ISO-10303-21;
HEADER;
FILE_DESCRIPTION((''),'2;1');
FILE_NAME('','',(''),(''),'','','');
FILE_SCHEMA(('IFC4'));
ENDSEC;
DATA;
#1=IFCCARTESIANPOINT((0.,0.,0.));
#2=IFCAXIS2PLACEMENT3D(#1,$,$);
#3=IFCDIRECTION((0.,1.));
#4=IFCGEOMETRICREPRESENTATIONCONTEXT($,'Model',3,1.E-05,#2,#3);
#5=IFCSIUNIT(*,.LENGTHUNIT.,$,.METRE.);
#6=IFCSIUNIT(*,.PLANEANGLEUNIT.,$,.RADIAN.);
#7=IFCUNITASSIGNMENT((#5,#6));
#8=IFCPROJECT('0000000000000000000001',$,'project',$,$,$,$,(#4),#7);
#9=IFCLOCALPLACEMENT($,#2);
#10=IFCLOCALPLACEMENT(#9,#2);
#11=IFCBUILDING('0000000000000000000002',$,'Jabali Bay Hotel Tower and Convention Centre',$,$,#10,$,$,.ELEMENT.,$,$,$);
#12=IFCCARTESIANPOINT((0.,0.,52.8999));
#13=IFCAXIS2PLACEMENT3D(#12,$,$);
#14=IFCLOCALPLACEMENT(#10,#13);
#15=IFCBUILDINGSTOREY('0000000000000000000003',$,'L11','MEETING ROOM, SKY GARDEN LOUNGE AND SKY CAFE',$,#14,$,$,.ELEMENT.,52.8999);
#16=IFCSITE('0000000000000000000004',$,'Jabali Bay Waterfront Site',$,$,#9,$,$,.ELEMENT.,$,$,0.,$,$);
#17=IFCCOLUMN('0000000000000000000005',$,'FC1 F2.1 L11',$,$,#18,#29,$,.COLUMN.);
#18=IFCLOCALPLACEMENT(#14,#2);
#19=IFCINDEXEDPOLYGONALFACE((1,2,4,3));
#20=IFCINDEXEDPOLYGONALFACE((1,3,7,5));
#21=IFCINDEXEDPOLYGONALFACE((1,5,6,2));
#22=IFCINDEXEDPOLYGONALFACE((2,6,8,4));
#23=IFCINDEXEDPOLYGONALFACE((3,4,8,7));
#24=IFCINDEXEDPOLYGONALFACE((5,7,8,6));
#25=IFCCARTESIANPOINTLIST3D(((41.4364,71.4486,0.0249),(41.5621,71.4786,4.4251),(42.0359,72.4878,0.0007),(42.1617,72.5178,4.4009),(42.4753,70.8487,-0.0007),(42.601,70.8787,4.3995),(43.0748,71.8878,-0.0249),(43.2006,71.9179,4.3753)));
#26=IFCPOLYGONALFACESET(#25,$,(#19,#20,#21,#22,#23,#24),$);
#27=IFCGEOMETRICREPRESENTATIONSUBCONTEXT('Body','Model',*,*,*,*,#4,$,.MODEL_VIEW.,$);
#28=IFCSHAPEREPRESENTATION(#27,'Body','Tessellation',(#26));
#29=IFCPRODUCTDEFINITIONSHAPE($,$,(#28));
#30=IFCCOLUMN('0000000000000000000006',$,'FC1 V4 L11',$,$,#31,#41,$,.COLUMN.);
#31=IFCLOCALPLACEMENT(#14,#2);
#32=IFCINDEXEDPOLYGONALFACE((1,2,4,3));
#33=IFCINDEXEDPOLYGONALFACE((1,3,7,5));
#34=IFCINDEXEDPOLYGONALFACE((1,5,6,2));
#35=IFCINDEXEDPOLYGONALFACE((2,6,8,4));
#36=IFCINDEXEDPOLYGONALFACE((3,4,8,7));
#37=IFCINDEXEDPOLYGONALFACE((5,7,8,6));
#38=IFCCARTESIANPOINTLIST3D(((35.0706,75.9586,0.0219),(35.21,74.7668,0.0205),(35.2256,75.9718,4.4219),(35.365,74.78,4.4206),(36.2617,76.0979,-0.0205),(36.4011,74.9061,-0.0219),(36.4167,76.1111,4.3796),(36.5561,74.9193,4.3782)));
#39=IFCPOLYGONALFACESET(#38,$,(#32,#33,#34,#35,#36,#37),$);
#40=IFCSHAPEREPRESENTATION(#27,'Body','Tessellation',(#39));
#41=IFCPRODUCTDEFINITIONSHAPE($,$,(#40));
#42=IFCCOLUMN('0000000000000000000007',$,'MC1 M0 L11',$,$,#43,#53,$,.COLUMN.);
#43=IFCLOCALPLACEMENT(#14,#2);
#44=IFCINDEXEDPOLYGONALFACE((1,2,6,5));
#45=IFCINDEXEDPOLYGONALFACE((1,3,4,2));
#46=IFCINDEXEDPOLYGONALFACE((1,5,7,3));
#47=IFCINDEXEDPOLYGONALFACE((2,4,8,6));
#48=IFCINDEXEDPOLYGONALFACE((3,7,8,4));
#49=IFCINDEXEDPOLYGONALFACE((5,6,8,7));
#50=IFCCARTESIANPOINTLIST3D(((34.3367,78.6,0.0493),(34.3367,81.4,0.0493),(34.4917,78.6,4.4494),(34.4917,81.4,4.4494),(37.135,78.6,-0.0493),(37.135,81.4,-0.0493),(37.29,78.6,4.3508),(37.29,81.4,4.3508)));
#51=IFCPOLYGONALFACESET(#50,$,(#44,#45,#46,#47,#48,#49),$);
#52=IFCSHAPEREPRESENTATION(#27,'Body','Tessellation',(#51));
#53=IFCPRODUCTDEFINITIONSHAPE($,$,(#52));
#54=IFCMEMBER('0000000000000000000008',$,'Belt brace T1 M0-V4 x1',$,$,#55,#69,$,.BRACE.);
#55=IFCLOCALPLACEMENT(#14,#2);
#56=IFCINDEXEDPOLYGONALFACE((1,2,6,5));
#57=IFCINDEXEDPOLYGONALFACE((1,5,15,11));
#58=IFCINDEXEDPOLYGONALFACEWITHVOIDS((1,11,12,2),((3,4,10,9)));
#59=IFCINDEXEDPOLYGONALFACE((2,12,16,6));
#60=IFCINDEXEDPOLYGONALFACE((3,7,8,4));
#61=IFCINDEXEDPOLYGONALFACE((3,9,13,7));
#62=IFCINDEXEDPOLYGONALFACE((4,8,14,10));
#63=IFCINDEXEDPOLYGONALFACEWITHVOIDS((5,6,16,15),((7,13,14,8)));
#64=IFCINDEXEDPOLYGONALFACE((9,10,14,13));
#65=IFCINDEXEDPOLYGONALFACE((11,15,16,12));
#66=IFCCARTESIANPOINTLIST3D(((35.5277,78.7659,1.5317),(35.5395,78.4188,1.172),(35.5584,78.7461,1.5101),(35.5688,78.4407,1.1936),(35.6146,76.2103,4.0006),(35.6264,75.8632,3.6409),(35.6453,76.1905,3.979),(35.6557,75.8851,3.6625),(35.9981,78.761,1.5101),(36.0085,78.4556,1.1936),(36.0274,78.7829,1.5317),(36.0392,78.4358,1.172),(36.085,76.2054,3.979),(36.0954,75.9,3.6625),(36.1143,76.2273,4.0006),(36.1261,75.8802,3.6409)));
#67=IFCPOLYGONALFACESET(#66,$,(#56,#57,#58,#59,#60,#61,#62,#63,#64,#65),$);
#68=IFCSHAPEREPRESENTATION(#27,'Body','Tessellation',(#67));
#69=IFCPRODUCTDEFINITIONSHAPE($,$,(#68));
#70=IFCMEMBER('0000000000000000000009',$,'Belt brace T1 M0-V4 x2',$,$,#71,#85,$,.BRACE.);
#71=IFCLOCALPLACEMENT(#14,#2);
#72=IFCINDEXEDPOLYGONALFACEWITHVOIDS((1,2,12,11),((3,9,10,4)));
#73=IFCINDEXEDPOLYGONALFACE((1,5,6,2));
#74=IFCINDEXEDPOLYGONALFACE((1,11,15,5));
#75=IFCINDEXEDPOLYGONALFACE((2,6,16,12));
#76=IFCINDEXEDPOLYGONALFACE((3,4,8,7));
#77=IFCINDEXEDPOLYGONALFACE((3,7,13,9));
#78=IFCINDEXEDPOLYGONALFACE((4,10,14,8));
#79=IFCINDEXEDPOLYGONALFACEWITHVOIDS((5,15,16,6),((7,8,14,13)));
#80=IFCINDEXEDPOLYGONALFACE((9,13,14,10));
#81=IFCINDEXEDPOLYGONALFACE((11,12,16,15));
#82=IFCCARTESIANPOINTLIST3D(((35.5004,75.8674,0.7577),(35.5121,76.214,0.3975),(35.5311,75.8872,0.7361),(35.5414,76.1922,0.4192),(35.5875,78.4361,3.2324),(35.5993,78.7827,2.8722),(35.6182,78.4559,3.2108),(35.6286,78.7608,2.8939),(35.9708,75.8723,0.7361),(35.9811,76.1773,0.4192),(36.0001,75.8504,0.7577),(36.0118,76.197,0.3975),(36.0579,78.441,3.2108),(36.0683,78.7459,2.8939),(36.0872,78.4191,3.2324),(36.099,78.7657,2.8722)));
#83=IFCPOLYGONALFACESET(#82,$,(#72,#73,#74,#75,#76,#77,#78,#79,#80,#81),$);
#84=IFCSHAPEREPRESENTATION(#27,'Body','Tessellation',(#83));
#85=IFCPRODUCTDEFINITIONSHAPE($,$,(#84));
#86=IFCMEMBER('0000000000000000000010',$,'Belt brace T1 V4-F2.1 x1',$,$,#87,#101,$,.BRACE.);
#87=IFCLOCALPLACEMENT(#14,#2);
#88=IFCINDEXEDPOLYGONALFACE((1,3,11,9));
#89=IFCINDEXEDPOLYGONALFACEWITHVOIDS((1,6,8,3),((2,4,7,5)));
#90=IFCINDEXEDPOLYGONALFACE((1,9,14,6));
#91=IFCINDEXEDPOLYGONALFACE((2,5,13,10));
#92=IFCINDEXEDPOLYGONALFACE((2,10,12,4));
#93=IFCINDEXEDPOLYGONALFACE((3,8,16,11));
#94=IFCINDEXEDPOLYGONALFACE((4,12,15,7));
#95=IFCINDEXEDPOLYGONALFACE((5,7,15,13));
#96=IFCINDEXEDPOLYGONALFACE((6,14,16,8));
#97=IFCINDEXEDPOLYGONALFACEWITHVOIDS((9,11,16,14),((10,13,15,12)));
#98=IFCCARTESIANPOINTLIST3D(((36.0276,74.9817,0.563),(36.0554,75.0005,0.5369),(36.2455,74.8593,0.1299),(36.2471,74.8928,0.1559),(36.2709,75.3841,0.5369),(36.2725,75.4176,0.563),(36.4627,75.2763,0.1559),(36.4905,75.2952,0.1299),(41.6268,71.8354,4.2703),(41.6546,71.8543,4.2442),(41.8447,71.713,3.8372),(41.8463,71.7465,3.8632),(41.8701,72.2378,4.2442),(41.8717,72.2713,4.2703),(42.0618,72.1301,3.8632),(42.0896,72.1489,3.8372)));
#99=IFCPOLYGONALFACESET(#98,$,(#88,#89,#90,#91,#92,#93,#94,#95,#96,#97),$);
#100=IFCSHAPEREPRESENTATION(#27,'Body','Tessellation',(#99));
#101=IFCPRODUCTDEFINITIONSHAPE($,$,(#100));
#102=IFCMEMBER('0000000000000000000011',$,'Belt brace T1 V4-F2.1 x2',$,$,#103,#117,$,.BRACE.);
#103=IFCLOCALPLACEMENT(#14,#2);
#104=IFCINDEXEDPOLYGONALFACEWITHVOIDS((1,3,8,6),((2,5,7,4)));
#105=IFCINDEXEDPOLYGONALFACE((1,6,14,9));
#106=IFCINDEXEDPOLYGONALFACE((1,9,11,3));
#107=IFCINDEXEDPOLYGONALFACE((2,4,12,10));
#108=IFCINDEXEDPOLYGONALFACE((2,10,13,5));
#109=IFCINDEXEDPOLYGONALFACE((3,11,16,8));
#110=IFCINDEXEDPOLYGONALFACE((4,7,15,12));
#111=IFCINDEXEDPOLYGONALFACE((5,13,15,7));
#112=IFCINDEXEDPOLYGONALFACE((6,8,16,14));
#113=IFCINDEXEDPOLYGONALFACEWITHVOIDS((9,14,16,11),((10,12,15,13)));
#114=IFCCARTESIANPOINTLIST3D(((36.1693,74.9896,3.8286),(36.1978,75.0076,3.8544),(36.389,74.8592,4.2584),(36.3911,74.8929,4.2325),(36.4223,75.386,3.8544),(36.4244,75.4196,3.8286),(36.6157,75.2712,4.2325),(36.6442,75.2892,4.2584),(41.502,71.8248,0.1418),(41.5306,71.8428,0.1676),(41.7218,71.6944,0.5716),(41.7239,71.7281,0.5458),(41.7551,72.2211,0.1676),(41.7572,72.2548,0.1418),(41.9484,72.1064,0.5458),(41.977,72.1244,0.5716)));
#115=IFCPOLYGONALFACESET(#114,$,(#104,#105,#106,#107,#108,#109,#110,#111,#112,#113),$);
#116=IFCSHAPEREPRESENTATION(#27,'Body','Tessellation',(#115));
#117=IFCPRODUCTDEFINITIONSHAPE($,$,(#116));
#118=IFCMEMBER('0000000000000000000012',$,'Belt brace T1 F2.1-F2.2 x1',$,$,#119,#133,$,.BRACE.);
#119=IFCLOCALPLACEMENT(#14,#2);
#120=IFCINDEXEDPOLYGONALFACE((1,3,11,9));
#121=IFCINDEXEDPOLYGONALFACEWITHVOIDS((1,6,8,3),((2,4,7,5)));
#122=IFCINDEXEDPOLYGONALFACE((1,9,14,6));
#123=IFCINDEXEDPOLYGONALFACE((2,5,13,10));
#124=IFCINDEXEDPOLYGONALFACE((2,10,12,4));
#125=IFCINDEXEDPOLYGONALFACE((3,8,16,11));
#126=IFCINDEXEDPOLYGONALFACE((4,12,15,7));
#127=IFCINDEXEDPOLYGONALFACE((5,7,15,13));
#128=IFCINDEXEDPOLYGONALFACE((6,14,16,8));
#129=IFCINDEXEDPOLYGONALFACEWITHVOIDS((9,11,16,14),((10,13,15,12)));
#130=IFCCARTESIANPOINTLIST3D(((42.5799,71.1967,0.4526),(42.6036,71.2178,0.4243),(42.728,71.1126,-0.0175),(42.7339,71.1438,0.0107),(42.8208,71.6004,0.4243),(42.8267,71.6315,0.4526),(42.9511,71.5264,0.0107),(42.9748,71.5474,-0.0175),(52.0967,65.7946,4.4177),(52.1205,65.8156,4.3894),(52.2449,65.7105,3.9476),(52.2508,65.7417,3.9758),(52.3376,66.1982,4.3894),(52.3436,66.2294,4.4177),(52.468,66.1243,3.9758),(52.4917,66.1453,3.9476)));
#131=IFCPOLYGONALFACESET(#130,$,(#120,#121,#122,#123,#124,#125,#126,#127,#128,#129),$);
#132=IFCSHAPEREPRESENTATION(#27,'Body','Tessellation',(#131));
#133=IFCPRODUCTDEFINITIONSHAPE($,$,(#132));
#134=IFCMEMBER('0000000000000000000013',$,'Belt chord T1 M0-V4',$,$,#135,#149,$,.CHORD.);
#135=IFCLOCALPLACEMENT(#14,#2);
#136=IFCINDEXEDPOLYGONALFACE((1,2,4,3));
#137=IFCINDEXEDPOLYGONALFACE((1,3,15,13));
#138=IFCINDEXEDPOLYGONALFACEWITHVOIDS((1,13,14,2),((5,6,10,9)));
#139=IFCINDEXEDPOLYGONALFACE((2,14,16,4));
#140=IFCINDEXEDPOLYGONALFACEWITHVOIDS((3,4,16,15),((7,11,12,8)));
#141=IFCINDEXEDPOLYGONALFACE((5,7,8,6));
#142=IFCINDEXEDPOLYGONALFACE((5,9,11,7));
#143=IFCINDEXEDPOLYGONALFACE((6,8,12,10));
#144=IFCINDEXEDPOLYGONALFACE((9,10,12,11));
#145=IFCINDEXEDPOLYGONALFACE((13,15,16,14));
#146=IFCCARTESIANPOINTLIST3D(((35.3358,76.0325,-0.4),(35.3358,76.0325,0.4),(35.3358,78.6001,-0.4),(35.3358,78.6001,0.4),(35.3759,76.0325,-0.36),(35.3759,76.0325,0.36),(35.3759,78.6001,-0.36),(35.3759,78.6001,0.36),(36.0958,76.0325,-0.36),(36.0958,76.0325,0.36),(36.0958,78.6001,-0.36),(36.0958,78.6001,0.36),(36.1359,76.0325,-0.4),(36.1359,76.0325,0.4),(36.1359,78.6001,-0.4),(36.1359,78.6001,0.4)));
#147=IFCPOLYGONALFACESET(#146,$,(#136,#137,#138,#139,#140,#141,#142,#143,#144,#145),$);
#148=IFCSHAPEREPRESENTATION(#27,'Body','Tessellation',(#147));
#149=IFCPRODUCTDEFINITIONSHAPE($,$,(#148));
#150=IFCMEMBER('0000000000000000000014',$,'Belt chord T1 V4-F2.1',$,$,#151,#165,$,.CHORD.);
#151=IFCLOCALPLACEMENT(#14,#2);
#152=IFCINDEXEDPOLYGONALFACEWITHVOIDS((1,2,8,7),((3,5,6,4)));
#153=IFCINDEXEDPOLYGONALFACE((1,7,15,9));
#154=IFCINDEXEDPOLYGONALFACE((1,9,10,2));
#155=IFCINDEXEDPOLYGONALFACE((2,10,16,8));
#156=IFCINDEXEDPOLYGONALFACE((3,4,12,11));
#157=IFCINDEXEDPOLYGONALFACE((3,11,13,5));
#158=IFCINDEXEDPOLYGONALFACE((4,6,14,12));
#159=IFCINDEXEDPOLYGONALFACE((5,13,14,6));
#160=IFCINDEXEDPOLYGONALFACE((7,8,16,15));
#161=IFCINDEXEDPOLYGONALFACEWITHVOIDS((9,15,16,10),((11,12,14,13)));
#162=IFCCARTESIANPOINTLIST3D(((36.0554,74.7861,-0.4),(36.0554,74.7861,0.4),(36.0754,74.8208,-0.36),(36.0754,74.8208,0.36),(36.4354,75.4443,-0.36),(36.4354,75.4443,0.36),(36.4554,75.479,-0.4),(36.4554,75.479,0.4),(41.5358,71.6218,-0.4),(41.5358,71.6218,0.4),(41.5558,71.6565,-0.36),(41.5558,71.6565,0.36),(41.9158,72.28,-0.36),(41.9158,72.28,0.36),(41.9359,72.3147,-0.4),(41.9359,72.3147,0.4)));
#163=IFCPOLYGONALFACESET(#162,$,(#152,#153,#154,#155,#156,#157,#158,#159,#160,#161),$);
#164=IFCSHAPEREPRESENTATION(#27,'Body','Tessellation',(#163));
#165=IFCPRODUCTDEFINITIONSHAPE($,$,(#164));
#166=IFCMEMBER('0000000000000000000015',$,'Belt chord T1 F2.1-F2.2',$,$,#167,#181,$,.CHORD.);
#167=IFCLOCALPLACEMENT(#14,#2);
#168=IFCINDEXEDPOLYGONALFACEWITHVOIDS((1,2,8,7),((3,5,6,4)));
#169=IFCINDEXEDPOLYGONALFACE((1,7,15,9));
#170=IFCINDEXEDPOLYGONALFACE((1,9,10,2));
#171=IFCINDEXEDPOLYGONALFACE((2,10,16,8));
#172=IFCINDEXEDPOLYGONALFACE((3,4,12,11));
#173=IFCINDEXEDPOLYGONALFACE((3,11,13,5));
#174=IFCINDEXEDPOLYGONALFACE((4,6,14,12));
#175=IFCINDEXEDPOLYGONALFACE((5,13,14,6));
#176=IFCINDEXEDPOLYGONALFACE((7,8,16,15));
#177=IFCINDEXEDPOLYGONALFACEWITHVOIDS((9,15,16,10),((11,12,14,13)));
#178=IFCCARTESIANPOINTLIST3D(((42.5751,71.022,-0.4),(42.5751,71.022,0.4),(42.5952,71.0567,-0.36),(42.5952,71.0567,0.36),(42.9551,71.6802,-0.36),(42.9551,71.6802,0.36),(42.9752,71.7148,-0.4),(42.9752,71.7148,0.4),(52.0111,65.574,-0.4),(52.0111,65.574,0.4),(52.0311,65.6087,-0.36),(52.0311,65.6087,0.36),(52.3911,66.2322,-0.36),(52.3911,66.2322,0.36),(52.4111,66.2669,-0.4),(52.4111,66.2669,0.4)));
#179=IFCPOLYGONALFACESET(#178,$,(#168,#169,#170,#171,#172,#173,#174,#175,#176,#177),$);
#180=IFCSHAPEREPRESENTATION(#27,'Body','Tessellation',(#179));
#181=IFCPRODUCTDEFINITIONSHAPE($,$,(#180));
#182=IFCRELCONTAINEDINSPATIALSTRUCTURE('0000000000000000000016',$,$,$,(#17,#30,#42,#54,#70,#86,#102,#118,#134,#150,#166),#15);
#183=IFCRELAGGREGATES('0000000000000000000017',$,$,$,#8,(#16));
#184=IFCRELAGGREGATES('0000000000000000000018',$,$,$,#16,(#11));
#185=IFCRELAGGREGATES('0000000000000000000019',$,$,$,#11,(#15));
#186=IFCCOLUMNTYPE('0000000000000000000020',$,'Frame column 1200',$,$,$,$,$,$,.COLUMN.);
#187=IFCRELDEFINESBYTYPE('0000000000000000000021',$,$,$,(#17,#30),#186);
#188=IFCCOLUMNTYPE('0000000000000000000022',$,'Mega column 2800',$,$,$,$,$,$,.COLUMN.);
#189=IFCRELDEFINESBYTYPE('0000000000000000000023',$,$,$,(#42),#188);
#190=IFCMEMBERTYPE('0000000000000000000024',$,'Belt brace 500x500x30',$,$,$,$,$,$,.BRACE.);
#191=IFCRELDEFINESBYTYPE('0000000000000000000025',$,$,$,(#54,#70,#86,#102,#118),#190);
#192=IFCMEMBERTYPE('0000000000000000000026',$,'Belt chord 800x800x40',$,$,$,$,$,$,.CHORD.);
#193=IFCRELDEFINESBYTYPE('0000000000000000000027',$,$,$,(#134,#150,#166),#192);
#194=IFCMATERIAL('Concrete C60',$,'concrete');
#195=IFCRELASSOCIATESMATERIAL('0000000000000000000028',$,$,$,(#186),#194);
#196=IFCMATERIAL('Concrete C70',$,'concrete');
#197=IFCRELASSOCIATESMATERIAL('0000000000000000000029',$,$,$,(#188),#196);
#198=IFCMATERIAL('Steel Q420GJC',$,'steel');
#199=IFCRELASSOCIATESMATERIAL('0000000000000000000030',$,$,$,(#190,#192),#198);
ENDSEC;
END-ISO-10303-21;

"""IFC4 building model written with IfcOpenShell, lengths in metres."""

from ifc_helpers import new_model, si_unit, direction, frame, origin, origin_2d, place, context, subcontext, project, spatial, rectangle, hollow_rectangle, extrude, material, material_profile, profile_set, type_object, element, save


model = new_model("IFC4")

# Units and contexts
model_context = context("Model", 3, precision=1e-05, world=origin(), true_north=direction((0.0, 1.0)))
body_context = subcontext(model_context, "Body", "Model", "MODEL_VIEW")
ifc_project = project(units=[si_unit("LENGTHUNIT", "METRE"), si_unit("PLANEANGLEUNIT", "RADIAN")], contexts=[model_context])

# Site, building, storey
site_placement = place(None, origin())
site = spatial("IfcSite", under=ifc_project, at=site_placement, Name="Jabali Bay Waterfront Site", CompositionType="ELEMENT", RefElevation=0.0)
building_placement = place(site_placement, origin())
building = spatial("IfcBuilding", under=site, at=building_placement, Name="Jabali Bay Hotel Tower and Convention Centre", CompositionType="ELEMENT")
storey_placement = place(building_placement, frame((0.0, 0.0, 52.8999)))
storey = spatial("IfcBuildingStorey", under=building, at=storey_placement, Name="L11", Description="MEETING ROOM, SKY GARDEN LOUNGE AND SKY CAFE", CompositionType="ELEMENT", Elevation=52.8999)

# Columns
ifc_material_1 = material(Name="Concrete C60", Category="concrete")
ifc_material_profile_1 = material_profile(ifc_material_1, rectangle(XDim=1.2, YDim=1.2, at=origin_2d()), Name="Frame column 1200")
ifc_profile_set_1 = profile_set([ifc_material_profile_1], Name="Concrete C60")
column_type_1 = type_object("IfcColumnType", Name="Frame column 1200", PredefinedType="COLUMN", material=ifc_profile_set_1)
column_1_placement = place(storey_placement, frame((42.2556, 71.6682, 0.0), z_axis=(0.028562, 0.006822, 0.999569), x_axis=(-0.865775, 0.499979, 0.021327)))
element("IfcColumn", 1, at=column_1_placement, inside=storey, type_object=column_type_1, Name="FC1 F2.1 L11", PredefinedType="COLUMN", context=body_context, shape_type="SweptSolid", body=[
    extrude(rectangle(XDim=1.2, YDim=1.2, at=origin_2d()), origin(), (0.0, 0.0, 1.0), 4.4021),
])
column_2_placement = place(storey_placement, frame((35.7358, 75.4324, 0.0), z_axis=(0.035211, 0.002994, 0.999375), x_axis=(-0.116133, 0.993233, 0.001116)))
element("IfcColumn", 2, at=column_2_placement, inside=storey, type_object=column_type_1, Name="FC1 V4 L11", PredefinedType="COLUMN", context=body_context, shape_type="SweptSolid", body=[
    extrude(rectangle(XDim=1.2, YDim=1.2, at=origin_2d()), origin(), (0.0, 0.0, 1.0), 4.4028),
])
ifc_material_2 = material(Name="Concrete C70", Category="concrete")
ifc_material_profile_2 = material_profile(ifc_material_2, rectangle(XDim=2.8, YDim=2.8, at=origin_2d()), Name="Mega column 2800")
ifc_profile_set_2 = profile_set([ifc_material_profile_2], Name="Concrete C70")
column_type_2 = type_object("IfcColumnType", Name="Mega column 2800", PredefinedType="COLUMN", material=ifc_profile_set_2)
column_3_placement = place(storey_placement, frame((35.7358, 80.0, 0.0), z_axis=(0.035211, 0.0, 0.99938), x_axis=(0.0, 1.0, 0.0)))
element("IfcColumn", 3, at=column_3_placement, inside=storey, type_object=column_type_2, Name="MC1 M0 L11", PredefinedType="COLUMN", context=body_context, shape_type="SweptSolid", body=[
    extrude(rectangle(XDim=2.8, YDim=2.8, at=origin_2d()), origin(), (0.0, 0.0, 1.0), 4.4028),
])

# Members
ifc_material_3 = material(Name="Steel Q420GJC", Category="steel")
ifc_material_profile_3 = material_profile(ifc_material_3, hollow_rectangle(XDim=0.5, YDim=0.5, WallThickness=0.03, at=origin_2d()), Name="Belt brace 500x500x30")
ifc_profile_set_3 = profile_set([ifc_material_profile_3], Name="Steel Q420GJC")
member_type_1 = type_object("IfcMemberType", Name="Belt brace 500x500x30", PredefinedType="BRACE", material=ifc_profile_set_3)
member_1_placement = place(storey_placement, frame((35.7834, 78.6008, 1.3518), z_axis=(0.024451, -0.718982, 0.694599), x_axis=(0.999422, 0.033989, 0.0)))
element("IfcMember", 4, at=member_1_placement, inside=storey, type_object=member_type_1, Name="Belt brace T1 M0-V4 x1", PredefinedType="BRACE", context=body_context, shape_type="SweptSolid", body=[
    extrude(hollow_rectangle(XDim=0.5, YDim=0.5, WallThickness=0.03, at=origin_2d()), origin(), (0.0, 0.0, 1.0), 3.5544),
])
member_2_placement = place(storey_placement, frame((35.7561, 76.0322, 0.5776), z_axis=(0.024429, 0.719946, 0.6936), x_axis=(-0.999425, 0.033913, 0.0)))
element("IfcMember", 5, at=member_2_placement, inside=storey, type_object=member_type_1, Name="Belt brace T1 M0-V4 x2", PredefinedType="BRACE", context=body_context, shape_type="SweptSolid", body=[
    extrude(hollow_rectangle(XDim=0.5, YDim=0.5, WallThickness=0.03, at=origin_2d()), origin(), (0.0, 0.0, 1.0), 3.5679),
])
member_3_placement = place(storey_placement, frame((36.259, 75.1384, 0.3464), z_axis=(0.755034, -0.424266, 0.499921), x_axis=(0.489875, 0.871793, 0.0)))
element("IfcMember", 6, at=member_3_placement, inside=storey, type_object=member_type_1, Name="Belt brace T1 V4-F2.1 x1", PredefinedType="BRACE", context=body_context, shape_type="SweptSolid", body=[
    extrude(hollow_rectangle(XDim=0.5, YDim=0.5, WallThickness=0.03, at=origin_2d()), origin(), (0.0, 0.0, 1.0), 7.4158),
])
member_4_placement = place(storey_placement, frame((41.7395, 71.9746, 0.3567), z_axis=(-0.73919, 0.438682, 0.511034), x_axis=(-0.510356, -0.859963, 0.0)))
element("IfcMember", 7, at=member_4_placement, inside=storey, type_object=member_type_1, Name="Belt brace T1 V4-F2.1 x2", PredefinedType="BRACE", context=body_context, shape_type="SweptSolid", body=[
    extrude(hollow_rectangle(XDim=0.5, YDim=0.5, WallThickness=0.03, at=origin_2d()), origin(), (0.0, 0.0, 1.0), 7.2144),
])
member_5_placement = place(storey_placement, frame((42.7773, 71.3721, 0.2175), z_axis=(0.817643, -0.464123, 0.340662), x_axis=(0.49365, 0.869661, 0.0)))
element("IfcMember", 8, at=member_5_placement, inside=storey, type_object=member_type_1, Name="Belt brace T1 F2.1-F2.2 x1", PredefinedType="BRACE", context=body_context, shape_type="SweptSolid", body=[
    extrude(hollow_rectangle(XDim=0.5, YDim=0.5, WallThickness=0.03, at=origin_2d()), origin(), (0.0, 0.0, 1.0), 11.6394),
])
ifc_material_profile_4 = material_profile(ifc_material_3, hollow_rectangle(XDim=0.8, YDim=0.8, WallThickness=0.04, at=origin_2d()), Name="Belt chord 800x800x40")
ifc_profile_set_4 = profile_set([ifc_material_profile_4], Name="Steel Q420GJC")
member_type_2 = type_object("IfcMemberType", Name="Belt chord 800x800x40", PredefinedType="CHORD", material=ifc_profile_set_4)
member_6_placement = place(storey_placement, frame((35.7358, 78.6001, 0.0), z_axis=(0.0, -1.0, 0.0), x_axis=(1.0, 0.0, 0.0)))
element("IfcMember", 9, at=member_6_placement, inside=storey, type_object=member_type_2, Name="Belt chord T1 M0-V4", PredefinedType="CHORD", context=body_context, shape_type="SweptSolid", body=[
    extrude(hollow_rectangle(XDim=0.8, YDim=0.8, WallThickness=0.04, at=origin_2d()), origin(), (0.0, 0.0, 1.0), 2.5676),
])
member_7_placement = place(storey_placement, frame((36.2554, 75.1326, 0.0), z_axis=(0.866015, -0.500019, 0.0), x_axis=(0.500019, 0.866015, 0.0)))
element("IfcMember", 10, at=member_7_placement, inside=storey, type_object=member_type_2, Name="Belt chord T1 V4-F2.1", PredefinedType="CHORD", context=body_context, shape_type="SweptSolid", body=[
    extrude(hollow_rectangle(XDim=0.8, YDim=0.8, WallThickness=0.04, at=origin_2d()), origin(), (0.0, 0.0, 1.0), 6.3284),
])
member_8_placement = place(storey_placement, frame((42.7751, 71.3684, 0.0), z_axis=(0.866021, -0.500007, 0.0), x_axis=(0.500007, 0.866021, 0.0)))
element("IfcMember", 11, at=member_8_placement, inside=storey, type_object=member_type_2, Name="Belt chord T1 F2.1-F2.2", PredefinedType="CHORD", context=body_context, shape_type="SweptSolid", body=[
    extrude(hollow_rectangle(XDim=0.8, YDim=0.8, WallThickness=0.04, at=origin_2d()), origin(), (0.0, 0.0, 1.0), 10.8958),
])

save(model, "model.ifc")
